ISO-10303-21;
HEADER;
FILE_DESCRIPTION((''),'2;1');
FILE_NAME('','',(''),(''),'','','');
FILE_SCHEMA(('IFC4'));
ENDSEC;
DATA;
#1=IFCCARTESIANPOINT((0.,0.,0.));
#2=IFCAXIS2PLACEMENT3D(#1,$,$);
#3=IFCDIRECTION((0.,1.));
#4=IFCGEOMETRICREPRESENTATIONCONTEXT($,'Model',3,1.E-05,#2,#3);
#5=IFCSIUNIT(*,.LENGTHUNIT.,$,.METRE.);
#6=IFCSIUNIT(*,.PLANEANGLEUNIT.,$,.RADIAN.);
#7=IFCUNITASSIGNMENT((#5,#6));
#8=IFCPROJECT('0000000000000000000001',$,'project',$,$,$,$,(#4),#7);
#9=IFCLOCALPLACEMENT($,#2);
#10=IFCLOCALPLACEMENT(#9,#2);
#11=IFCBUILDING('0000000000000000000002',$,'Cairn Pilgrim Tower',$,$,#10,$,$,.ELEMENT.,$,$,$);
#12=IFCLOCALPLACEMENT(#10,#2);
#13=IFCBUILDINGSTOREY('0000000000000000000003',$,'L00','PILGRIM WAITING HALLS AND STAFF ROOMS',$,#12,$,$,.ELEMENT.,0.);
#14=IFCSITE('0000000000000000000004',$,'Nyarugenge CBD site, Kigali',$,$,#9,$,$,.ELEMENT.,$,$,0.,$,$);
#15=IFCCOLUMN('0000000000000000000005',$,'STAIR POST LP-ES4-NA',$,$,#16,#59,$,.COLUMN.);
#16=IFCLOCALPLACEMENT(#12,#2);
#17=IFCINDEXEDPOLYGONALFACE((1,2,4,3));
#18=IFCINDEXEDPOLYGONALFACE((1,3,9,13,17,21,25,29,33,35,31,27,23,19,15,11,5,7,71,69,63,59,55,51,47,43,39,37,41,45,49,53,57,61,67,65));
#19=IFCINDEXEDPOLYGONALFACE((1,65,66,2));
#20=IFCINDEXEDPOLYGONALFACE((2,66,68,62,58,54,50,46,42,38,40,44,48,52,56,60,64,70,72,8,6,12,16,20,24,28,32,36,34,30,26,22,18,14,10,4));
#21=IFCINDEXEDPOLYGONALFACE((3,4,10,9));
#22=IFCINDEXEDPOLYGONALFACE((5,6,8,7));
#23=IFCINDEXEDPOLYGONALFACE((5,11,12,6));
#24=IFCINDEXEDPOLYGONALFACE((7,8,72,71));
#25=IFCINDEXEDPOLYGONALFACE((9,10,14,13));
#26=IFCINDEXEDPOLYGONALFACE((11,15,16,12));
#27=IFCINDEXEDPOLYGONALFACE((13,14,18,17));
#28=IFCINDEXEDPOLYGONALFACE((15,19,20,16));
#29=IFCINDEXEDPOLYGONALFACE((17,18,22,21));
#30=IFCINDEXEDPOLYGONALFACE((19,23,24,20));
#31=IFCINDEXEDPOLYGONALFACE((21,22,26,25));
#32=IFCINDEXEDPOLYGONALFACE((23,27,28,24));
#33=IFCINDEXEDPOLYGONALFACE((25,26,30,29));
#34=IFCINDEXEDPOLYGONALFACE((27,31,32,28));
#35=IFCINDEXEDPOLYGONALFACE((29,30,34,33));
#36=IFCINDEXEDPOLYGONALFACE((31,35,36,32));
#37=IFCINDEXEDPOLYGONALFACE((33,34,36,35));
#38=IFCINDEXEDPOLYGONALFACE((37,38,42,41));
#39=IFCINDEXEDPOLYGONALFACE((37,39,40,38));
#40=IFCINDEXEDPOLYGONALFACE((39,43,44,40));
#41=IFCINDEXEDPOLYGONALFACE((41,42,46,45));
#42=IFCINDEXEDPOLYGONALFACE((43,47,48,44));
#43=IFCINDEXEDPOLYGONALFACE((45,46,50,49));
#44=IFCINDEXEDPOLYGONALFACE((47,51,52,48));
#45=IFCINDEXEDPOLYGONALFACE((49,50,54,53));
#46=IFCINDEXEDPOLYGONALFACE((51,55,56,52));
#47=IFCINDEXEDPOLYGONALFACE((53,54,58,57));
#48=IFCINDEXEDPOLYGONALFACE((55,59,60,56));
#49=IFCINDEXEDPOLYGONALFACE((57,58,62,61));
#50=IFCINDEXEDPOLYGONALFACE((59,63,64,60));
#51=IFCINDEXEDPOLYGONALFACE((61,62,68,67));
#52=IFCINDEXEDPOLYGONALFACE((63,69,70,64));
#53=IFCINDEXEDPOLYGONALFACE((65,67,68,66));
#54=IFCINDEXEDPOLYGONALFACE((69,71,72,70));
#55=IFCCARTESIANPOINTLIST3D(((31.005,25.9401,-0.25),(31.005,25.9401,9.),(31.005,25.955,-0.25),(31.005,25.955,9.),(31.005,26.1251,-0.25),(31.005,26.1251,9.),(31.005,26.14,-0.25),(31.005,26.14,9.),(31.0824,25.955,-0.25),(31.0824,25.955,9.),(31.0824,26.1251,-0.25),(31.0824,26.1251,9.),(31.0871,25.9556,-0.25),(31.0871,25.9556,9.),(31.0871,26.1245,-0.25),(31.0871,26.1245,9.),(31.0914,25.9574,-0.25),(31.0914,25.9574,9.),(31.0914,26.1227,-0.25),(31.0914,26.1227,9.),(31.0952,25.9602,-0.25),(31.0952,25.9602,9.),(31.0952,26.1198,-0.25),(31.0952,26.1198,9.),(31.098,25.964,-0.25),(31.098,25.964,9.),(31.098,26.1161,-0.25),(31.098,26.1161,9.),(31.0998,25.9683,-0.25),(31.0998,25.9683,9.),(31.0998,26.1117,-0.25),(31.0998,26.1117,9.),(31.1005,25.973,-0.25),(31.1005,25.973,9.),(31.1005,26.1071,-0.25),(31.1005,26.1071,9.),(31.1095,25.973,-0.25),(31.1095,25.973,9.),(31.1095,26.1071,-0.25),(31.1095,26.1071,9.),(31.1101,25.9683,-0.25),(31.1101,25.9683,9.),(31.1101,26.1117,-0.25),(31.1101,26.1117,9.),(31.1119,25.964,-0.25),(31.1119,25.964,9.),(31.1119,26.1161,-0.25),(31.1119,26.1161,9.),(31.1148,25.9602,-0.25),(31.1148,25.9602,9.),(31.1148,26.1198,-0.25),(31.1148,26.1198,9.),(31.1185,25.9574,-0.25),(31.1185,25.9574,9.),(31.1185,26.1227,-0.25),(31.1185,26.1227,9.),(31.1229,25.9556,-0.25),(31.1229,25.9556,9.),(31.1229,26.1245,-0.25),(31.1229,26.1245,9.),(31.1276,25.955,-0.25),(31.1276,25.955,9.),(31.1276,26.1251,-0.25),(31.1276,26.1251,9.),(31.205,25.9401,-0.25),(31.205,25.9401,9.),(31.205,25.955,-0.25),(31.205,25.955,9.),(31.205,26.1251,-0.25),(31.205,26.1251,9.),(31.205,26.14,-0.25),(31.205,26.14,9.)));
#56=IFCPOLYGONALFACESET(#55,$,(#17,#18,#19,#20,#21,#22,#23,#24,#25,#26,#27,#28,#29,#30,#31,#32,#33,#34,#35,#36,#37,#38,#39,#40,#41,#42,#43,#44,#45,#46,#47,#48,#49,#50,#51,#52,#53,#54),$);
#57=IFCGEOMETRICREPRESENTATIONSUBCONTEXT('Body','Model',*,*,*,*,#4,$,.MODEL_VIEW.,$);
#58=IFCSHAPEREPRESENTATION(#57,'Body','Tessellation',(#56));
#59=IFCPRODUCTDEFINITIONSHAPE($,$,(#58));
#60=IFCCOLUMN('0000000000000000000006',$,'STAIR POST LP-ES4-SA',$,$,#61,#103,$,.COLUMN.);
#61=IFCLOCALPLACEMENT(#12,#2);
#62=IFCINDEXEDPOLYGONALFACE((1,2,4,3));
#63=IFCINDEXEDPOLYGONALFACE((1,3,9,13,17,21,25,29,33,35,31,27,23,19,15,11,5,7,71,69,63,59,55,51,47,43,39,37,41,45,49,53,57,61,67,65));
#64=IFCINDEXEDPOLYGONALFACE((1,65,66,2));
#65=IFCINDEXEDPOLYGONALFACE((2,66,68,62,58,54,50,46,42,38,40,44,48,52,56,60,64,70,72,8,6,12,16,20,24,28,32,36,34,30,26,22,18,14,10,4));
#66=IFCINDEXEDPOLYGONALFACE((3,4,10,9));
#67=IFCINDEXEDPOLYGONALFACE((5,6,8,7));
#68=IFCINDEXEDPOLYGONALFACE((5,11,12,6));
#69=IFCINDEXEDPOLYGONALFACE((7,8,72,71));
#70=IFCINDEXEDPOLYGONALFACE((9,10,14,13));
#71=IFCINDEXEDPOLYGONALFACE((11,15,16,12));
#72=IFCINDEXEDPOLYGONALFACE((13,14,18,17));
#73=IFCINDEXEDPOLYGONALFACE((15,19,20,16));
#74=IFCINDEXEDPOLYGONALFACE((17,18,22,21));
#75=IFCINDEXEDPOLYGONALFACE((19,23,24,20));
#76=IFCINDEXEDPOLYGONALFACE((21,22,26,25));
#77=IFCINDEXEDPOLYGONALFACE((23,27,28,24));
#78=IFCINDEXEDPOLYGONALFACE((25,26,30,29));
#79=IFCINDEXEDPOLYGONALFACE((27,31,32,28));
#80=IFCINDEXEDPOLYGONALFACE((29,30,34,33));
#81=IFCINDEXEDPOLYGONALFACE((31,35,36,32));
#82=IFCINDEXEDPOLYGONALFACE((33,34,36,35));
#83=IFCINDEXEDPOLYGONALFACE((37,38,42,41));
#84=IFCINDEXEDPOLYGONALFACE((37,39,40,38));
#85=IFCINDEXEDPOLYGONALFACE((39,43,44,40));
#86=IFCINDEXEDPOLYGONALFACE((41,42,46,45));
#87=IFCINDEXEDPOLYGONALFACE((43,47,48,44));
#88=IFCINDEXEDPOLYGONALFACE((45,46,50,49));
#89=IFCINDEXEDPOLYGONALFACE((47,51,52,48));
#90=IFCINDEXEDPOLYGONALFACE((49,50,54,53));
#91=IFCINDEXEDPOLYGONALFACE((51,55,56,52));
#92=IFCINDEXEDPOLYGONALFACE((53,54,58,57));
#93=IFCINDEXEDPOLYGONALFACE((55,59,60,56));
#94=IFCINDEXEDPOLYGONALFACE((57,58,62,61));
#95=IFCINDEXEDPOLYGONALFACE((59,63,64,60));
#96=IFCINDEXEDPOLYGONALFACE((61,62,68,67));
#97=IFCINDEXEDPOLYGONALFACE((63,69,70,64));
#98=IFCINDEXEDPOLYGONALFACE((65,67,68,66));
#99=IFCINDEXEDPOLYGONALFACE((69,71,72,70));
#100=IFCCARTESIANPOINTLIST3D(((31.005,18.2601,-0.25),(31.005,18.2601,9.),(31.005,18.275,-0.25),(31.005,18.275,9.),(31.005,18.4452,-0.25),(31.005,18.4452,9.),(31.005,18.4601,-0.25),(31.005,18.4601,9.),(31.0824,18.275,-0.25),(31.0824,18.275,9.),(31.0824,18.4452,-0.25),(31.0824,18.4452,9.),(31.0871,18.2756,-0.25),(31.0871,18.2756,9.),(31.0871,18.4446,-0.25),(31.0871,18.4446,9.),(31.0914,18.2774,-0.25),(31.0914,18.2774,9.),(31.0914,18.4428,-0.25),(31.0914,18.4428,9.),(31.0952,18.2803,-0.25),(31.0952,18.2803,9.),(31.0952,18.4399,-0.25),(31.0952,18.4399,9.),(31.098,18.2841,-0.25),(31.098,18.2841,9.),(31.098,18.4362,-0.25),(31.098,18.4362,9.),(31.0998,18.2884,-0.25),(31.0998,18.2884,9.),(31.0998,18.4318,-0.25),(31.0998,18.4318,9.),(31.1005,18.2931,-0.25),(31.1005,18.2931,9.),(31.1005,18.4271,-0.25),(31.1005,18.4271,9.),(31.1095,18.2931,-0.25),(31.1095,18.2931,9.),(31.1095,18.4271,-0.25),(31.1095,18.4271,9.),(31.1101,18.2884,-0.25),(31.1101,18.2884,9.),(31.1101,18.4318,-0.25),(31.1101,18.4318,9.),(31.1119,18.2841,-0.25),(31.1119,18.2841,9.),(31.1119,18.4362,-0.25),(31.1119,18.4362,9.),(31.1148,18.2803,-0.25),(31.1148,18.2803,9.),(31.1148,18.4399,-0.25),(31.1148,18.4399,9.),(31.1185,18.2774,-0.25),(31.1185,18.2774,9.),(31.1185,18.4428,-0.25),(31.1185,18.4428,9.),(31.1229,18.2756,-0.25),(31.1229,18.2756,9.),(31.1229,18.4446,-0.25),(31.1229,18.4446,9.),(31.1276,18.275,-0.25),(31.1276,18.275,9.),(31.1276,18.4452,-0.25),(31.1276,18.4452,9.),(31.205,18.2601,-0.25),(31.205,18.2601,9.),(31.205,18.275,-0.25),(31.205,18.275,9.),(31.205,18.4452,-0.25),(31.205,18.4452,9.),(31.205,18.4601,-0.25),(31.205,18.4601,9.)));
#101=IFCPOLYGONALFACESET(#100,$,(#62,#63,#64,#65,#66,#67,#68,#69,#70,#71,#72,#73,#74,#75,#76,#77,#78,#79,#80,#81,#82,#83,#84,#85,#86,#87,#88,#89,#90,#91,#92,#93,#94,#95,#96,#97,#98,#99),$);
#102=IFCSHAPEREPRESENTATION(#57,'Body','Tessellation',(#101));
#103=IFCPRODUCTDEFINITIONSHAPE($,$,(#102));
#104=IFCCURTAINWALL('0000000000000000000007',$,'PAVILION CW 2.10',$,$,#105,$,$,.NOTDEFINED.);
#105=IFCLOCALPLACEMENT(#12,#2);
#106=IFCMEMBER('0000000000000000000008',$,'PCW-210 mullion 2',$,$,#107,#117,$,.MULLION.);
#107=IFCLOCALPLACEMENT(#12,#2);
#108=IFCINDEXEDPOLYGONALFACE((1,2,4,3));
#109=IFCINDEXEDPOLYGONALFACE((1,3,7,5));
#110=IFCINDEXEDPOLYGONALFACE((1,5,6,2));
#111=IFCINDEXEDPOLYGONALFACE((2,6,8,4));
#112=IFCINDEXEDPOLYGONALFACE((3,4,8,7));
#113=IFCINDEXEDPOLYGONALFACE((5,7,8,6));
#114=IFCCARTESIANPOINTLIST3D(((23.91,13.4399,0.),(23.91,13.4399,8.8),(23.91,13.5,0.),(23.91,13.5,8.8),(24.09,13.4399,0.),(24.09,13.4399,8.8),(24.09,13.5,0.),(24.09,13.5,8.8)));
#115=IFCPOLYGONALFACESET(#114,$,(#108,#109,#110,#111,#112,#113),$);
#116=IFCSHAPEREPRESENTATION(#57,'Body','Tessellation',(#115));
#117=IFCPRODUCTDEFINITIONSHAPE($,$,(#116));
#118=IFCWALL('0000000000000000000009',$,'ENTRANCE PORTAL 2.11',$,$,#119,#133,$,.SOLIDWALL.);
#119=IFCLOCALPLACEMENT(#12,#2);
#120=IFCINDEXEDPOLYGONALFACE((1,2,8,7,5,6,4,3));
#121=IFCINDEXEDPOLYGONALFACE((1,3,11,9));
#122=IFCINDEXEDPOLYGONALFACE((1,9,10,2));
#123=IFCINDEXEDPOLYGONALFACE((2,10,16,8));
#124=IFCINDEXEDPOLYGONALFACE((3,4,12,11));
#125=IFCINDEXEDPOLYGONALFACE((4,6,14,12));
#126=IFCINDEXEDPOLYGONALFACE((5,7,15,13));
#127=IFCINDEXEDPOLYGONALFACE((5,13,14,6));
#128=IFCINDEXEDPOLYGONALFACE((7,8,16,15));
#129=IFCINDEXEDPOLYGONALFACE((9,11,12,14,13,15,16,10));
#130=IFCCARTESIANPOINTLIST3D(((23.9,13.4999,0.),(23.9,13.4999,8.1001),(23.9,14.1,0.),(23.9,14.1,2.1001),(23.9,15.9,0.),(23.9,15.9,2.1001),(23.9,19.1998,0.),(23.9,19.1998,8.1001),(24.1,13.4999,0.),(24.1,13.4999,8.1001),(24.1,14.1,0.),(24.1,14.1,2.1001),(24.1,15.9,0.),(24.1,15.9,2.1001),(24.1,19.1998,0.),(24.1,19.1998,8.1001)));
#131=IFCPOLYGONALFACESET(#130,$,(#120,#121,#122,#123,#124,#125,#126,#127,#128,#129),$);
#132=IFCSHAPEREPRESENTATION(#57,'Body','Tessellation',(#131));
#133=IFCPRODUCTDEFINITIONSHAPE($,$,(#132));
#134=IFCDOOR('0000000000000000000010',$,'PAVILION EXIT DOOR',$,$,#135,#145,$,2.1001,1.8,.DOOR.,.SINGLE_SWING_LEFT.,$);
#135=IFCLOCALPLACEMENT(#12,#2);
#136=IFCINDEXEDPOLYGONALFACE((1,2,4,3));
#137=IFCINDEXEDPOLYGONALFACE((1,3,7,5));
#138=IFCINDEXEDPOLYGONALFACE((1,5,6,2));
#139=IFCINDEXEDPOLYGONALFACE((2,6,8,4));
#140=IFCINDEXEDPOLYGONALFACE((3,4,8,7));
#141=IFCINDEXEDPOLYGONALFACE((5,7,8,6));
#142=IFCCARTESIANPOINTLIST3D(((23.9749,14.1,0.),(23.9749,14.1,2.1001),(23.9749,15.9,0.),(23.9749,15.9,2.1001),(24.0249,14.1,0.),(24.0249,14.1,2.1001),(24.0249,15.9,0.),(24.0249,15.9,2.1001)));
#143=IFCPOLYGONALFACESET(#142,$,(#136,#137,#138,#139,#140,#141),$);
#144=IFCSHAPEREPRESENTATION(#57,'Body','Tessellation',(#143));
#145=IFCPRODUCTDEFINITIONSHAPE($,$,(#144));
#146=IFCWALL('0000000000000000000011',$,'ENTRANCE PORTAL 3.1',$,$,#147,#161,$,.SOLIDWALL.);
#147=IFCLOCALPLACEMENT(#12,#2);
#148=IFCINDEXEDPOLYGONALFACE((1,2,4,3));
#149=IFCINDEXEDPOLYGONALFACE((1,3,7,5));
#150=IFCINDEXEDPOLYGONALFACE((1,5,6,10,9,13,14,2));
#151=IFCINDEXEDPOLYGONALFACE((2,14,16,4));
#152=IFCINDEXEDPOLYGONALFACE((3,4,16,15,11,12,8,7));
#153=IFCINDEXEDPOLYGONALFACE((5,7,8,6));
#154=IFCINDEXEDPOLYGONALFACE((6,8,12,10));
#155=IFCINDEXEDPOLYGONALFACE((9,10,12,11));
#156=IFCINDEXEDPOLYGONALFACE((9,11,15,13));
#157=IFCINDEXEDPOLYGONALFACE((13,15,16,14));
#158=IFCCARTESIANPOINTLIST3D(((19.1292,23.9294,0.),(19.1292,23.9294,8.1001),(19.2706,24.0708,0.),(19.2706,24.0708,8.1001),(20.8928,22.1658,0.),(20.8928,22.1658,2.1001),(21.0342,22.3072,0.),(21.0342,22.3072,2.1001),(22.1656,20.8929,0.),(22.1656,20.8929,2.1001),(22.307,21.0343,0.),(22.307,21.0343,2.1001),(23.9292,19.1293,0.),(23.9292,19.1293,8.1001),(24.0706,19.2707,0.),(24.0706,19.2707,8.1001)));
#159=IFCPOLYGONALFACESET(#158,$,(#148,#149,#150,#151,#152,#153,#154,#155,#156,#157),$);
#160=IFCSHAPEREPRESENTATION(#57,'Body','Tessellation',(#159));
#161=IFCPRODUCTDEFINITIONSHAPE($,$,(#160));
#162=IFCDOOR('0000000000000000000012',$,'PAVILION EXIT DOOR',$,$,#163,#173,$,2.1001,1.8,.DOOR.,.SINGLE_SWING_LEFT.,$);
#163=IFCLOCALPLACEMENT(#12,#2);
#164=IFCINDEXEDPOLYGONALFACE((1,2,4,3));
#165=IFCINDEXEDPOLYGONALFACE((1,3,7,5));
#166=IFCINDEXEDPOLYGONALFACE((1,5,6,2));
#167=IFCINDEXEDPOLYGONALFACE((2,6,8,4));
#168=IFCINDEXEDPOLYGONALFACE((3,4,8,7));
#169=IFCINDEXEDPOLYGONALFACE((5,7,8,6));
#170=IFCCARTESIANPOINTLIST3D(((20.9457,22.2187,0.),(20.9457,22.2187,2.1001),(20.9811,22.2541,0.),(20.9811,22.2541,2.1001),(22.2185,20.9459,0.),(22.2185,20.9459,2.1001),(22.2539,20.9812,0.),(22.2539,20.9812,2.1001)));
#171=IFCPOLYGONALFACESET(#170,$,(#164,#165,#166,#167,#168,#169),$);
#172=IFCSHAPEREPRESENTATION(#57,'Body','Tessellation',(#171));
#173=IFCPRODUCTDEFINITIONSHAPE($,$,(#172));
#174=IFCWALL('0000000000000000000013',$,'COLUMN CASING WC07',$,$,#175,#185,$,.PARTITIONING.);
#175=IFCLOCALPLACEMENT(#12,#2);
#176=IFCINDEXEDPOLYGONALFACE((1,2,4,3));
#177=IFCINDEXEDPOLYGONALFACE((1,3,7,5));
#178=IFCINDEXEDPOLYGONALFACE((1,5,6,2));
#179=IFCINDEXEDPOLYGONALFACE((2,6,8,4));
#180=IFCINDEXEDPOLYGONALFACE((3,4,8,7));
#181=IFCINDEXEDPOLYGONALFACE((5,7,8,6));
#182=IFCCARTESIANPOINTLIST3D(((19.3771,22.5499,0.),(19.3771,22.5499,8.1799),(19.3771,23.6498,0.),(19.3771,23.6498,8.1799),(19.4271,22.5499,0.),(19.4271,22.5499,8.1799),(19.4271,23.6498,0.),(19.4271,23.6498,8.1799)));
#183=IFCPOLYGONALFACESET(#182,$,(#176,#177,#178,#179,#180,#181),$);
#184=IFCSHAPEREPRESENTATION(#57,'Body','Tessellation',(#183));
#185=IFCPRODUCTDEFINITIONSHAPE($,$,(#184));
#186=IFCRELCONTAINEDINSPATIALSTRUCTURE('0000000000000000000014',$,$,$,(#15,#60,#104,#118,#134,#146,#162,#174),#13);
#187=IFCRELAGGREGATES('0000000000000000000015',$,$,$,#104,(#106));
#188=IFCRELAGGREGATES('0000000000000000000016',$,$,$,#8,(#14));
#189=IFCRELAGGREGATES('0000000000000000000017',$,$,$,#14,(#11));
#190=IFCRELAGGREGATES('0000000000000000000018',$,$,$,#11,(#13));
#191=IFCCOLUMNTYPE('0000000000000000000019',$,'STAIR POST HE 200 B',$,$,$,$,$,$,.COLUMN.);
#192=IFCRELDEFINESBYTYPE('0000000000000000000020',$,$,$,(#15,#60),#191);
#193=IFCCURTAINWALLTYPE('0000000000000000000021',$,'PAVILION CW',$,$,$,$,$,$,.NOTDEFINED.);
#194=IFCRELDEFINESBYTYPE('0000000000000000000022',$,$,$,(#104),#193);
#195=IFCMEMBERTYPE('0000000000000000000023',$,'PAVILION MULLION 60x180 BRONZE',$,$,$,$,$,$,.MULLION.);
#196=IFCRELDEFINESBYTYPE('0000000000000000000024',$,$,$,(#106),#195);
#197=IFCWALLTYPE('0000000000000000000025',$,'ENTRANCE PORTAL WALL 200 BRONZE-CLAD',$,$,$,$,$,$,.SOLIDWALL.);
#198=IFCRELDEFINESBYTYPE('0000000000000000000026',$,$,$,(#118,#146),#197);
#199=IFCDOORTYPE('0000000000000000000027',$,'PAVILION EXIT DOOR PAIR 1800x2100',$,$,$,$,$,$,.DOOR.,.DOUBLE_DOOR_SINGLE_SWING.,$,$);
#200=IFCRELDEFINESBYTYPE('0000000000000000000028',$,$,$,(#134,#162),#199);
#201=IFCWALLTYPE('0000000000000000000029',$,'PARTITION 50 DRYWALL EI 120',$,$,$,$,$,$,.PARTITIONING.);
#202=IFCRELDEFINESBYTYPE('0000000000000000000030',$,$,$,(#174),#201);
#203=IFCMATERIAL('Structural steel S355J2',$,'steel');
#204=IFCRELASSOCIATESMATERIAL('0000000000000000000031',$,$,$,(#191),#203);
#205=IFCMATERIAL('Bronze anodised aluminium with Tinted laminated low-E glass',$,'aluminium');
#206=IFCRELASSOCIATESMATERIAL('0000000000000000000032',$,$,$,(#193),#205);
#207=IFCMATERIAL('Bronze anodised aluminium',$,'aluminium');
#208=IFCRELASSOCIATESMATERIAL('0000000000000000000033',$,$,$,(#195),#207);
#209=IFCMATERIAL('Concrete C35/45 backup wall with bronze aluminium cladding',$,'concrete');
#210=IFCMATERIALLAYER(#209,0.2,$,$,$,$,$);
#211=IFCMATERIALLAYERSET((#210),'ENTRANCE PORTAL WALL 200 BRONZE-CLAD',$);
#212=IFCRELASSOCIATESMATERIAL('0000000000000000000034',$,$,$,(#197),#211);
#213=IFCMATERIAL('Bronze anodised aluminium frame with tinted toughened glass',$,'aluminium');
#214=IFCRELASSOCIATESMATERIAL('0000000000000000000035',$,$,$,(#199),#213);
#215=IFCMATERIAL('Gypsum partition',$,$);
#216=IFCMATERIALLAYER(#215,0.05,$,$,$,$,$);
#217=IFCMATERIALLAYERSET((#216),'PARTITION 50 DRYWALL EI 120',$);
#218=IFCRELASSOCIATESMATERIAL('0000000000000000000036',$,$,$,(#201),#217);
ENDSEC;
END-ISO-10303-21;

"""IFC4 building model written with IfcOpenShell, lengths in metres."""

from ifc_helpers import new_model, si_unit, direction, frame, frame_2d, origin, origin_2d, place, context, subcontext, project, spatial, rectangle, i_section, extrude, material, layer, layer_set, material_profile, profile_set, type_object, element, fill, aggregate, save


model = new_model("IFC4")

# Units and contexts
model_context = context("Model", 3, precision=1e-05, world=origin(), true_north=direction((0.0, 1.0)))
body_context = subcontext(model_context, "Body", "Model", "MODEL_VIEW")
ifc_project = project(units=[si_unit("LENGTHUNIT", "METRE"), si_unit("PLANEANGLEUNIT", "RADIAN")], contexts=[model_context])

# Site, building, storey
site_placement = place(None, origin())
site = spatial("IfcSite", under=ifc_project, at=site_placement, Name="Nyarugenge CBD site, Kigali", CompositionType="ELEMENT", RefElevation=0.0)
building_placement = place(site_placement, origin())
building = spatial("IfcBuilding", under=site, at=building_placement, Name="Cairn Pilgrim Tower", CompositionType="ELEMENT")
storey_placement = place(building_placement, origin())
storey = spatial("IfcBuildingStorey", under=building, at=storey_placement, Name="L00", Description="PILGRIM WAITING HALLS AND STAFF ROOMS", CompositionType="ELEMENT", Elevation=0.0)

# Columns
ifc_material_1 = material(Name="Structural steel S355J2", Category="steel")
ifc_material_profile_1 = material_profile(ifc_material_1, i_section(OverallWidth=0.2, OverallDepth=0.2, WebThickness=0.009, FlangeThickness=0.0149, FilletRadius=0.0181, at=origin_2d()), Name="HE 200 B")
ifc_profile_set_1 = profile_set([ifc_material_profile_1], Name="Structural steel S355J2")
column_type_1 = type_object("IfcColumnType", Name="STAIR POST HE 200 B", PredefinedType="COLUMN", material=ifc_profile_set_1)
for number, where, z_axis, x_axis, name in (
    (1, (31.105, 26.04, -0.25), (0.0, 0.0, 1.0), (1.0, 0.0, 0.0), "STAIR POST LP-ES4-NA"),
    (2, (31.105, 18.3601, -0.25), (0.0, 0.0, 1.0), (1.0, 0.0, 0.0), "STAIR POST LP-ES4-SA"),
):
    element("IfcColumn", number, at=place(storey_placement, frame(where, z_axis=z_axis, x_axis=x_axis)), inside=storey, type_object=column_type_1, Name=name, PredefinedType="COLUMN", context=body_context, shape_type="SweptSolid", body=[
        extrude(i_section(OverallWidth=0.2, OverallDepth=0.2, WebThickness=0.009, FlangeThickness=0.0149, FilletRadius=0.0181, at=origin_2d()), origin(), (0.0, 0.0, 1.0), 9.25),
    ])

# Curtain wall, member
ifc_material_2 = material(Name="Bronze anodised aluminium with Tinted laminated low-E glass", Category="aluminium")
curtain_wall_type = type_object("IfcCurtainWallType", Name="PAVILION CW", PredefinedType="NOTDEFINED", material=ifc_material_2)
curtain_wall_placement = place(storey_placement, origin())
curtain_wall = element("IfcCurtainWall", 3, at=curtain_wall_placement, inside=storey, type_object=curtain_wall_type, Name="PAVILION CW 2.10", PredefinedType="NOTDEFINED")
ifc_material_3 = material(Name="Bronze anodised aluminium", Category="aluminium")
ifc_material_profile_2 = material_profile(ifc_material_3, rectangle(XDim=0.1799, YDim=0.0601, at=origin_2d()), Name="PAVILION MULLION 60x180 BRONZE")
ifc_profile_set_2 = profile_set([ifc_material_profile_2], Name="Bronze anodised aluminium")
member_type = type_object("IfcMemberType", Name="PAVILION MULLION 60x180 BRONZE", PredefinedType="MULLION", material=ifc_profile_set_2)
member_placement = place(storey_placement, frame((24.0, 13.47, 0.0), z_axis=(0.0, 0.0, 1.0), x_axis=(-1.0, 0.0, 0.0)))
member = element("IfcMember", 4, at=member_placement, type_object=member_type, Name="PCW-210 mullion 2", PredefinedType="MULLION", context=body_context, shape_type="SweptSolid", body=[
    extrude(rectangle(XDim=0.1799, YDim=0.0601, at=origin_2d()), origin(), (0.0, 0.0, 1.0), 8.8),
])
aggregate(curtain_wall, [member])

# Walls, openings, doors
ifc_material_4 = material(Name="Concrete C35/45 backup wall with bronze aluminium cladding", Category="concrete")
ifc_layer_1 = layer(ifc_material_4, 0.2)
ifc_layer_set_1 = layer_set([ifc_layer_1], Name="ENTRANCE PORTAL WALL 200 BRONZE-CLAD")
wall_type_1 = type_object("IfcWallType", Name="ENTRANCE PORTAL WALL 200 BRONZE-CLAD", PredefinedType="SOLIDWALL", material=ifc_layer_set_1)
wall_1_placement = place(storey_placement, frame((24.0, 19.2, 0.0), z_axis=(0.0, 0.0, 1.0), x_axis=(0.0, -1.0, 0.0)))
wall_1 = element("IfcWall", 5, at=wall_1_placement, inside=storey, type_object=wall_type_1, Name="ENTRANCE PORTAL 2.11", PredefinedType="SOLIDWALL", context=body_context, shape_type="SweptSolid", body=[
    extrude(rectangle(XDim=5.7, YDim=0.2, at=frame_2d((2.8501, 0.0))), origin(), (0.0, 0.0, 1.0), 8.1001),
])
opening_1_placement = place(wall_1_placement, frame((3.3, 0.0, 0.0)))
opening_1 = element("IfcOpeningElement", 6, at=opening_1_placement, cuts=wall_1, PredefinedType="OPENING", context=body_context, shape_type="SweptSolid", body=[
    extrude(rectangle(XDim=1.8, YDim=2.1001, at=frame_2d((0.8999, 1.05))), frame((0.0, 0.1099, 0.0), z_axis=(0.0, -1.0, 0.0), x_axis=(1.0, 0.0, 0.0)), (0.0, 0.0, 1.0), 0.22),
])
ifc_material_5 = material(Name="Bronze anodised aluminium frame with tinted toughened glass", Category="aluminium")
door_type_1 = type_object("IfcDoorType", Name="PAVILION EXIT DOOR PAIR 1800x2100", OperationType="DOUBLE_DOOR_SINGLE_SWING", PredefinedType="DOOR", material=ifc_material_5)
door_1_placement = place(opening_1_placement, origin())
door_1 = element("IfcDoor", 7, at=door_1_placement, inside=storey, type_object=door_type_1, Name="PAVILION EXIT DOOR", OperationType="SINGLE_SWING_LEFT", OverallHeight=2.1001, OverallWidth=1.8, PredefinedType="DOOR", context=body_context, shape_type="SweptSolid", body=[
    extrude(rectangle(XDim=1.8, YDim=2.1001, at=frame_2d((0.8999, 1.05))), frame((0.0, 0.0249, 0.0), z_axis=(0.0, -1.0, 0.0), x_axis=(1.0, 0.0, 0.0)), (0.0, 0.0, 1.0), 0.05),
])
fill(opening_1, door_1)
wall_2_placement = place(storey_placement, frame((19.2, 24.0, 0.0), z_axis=(0.0, 0.0, 1.0), x_axis=(0.707107, -0.707107, 0.0)))
wall_2 = element("IfcWall", 8, at=wall_2_placement, inside=storey, type_object=wall_type_1, Name="ENTRANCE PORTAL 3.1", PredefinedType="SOLIDWALL", context=body_context, shape_type="SweptSolid", body=[
    extrude(rectangle(XDim=6.7883, YDim=0.2, at=frame_2d((3.394, 0.0))), origin(), (0.0, 0.0, 1.0), 8.1001),
])
opening_2_placement = place(wall_2_placement, frame((2.4941, 0.0, 0.0)))
opening_2 = element("IfcOpeningElement", 9, at=opening_2_placement, cuts=wall_2, PredefinedType="OPENING", context=body_context, shape_type="SweptSolid", body=[
    extrude(rectangle(XDim=1.8, YDim=2.1001, at=frame_2d((0.8999, 1.05))), frame((0.0, 0.1099, 0.0), z_axis=(0.0, -1.0, 0.0), x_axis=(1.0, 0.0, 0.0)), (0.0, 0.0, 1.0), 0.22),
])
door_2_placement = place(opening_2_placement, origin())
door_2 = element("IfcDoor", 10, at=door_2_placement, inside=storey, type_object=door_type_1, Name="PAVILION EXIT DOOR", OperationType="SINGLE_SWING_LEFT", OverallHeight=2.1001, OverallWidth=1.8, PredefinedType="DOOR", context=body_context, shape_type="SweptSolid", body=[
    extrude(rectangle(XDim=1.8, YDim=2.1001, at=frame_2d((0.8999, 1.05))), frame((0.0, 0.0249, 0.0), z_axis=(0.0, -1.0, 0.0), x_axis=(1.0, 0.0, 0.0)), (0.0, 0.0, 1.0), 0.05),
])
fill(opening_2, door_2)

# Wall
ifc_material_6 = material(Name="Gypsum partition")
ifc_layer_2 = layer(ifc_material_6, 0.05)
ifc_layer_set_2 = layer_set([ifc_layer_2], Name="PARTITION 50 DRYWALL EI 120")
wall_type_2 = type_object("IfcWallType", Name="PARTITION 50 DRYWALL EI 120", PredefinedType="PARTITIONING", material=ifc_layer_set_2)
wall_3_placement = place(storey_placement, frame((19.4021, 22.55, 0.0), z_axis=(0.0, 0.0, 1.0), x_axis=(0.0, 1.0, 0.0)))
element("IfcWall", 11, at=wall_3_placement, inside=storey, type_object=wall_type_2, Name="COLUMN CASING WC07", PredefinedType="PARTITIONING", context=body_context, shape_type="SweptSolid", body=[
    extrude(rectangle(XDim=1.0999, YDim=0.05, at=frame_2d((0.5498, 0.0))), origin(), (0.0, 0.0, 1.0), 8.1799),
])

save(model, "model.ifc")
